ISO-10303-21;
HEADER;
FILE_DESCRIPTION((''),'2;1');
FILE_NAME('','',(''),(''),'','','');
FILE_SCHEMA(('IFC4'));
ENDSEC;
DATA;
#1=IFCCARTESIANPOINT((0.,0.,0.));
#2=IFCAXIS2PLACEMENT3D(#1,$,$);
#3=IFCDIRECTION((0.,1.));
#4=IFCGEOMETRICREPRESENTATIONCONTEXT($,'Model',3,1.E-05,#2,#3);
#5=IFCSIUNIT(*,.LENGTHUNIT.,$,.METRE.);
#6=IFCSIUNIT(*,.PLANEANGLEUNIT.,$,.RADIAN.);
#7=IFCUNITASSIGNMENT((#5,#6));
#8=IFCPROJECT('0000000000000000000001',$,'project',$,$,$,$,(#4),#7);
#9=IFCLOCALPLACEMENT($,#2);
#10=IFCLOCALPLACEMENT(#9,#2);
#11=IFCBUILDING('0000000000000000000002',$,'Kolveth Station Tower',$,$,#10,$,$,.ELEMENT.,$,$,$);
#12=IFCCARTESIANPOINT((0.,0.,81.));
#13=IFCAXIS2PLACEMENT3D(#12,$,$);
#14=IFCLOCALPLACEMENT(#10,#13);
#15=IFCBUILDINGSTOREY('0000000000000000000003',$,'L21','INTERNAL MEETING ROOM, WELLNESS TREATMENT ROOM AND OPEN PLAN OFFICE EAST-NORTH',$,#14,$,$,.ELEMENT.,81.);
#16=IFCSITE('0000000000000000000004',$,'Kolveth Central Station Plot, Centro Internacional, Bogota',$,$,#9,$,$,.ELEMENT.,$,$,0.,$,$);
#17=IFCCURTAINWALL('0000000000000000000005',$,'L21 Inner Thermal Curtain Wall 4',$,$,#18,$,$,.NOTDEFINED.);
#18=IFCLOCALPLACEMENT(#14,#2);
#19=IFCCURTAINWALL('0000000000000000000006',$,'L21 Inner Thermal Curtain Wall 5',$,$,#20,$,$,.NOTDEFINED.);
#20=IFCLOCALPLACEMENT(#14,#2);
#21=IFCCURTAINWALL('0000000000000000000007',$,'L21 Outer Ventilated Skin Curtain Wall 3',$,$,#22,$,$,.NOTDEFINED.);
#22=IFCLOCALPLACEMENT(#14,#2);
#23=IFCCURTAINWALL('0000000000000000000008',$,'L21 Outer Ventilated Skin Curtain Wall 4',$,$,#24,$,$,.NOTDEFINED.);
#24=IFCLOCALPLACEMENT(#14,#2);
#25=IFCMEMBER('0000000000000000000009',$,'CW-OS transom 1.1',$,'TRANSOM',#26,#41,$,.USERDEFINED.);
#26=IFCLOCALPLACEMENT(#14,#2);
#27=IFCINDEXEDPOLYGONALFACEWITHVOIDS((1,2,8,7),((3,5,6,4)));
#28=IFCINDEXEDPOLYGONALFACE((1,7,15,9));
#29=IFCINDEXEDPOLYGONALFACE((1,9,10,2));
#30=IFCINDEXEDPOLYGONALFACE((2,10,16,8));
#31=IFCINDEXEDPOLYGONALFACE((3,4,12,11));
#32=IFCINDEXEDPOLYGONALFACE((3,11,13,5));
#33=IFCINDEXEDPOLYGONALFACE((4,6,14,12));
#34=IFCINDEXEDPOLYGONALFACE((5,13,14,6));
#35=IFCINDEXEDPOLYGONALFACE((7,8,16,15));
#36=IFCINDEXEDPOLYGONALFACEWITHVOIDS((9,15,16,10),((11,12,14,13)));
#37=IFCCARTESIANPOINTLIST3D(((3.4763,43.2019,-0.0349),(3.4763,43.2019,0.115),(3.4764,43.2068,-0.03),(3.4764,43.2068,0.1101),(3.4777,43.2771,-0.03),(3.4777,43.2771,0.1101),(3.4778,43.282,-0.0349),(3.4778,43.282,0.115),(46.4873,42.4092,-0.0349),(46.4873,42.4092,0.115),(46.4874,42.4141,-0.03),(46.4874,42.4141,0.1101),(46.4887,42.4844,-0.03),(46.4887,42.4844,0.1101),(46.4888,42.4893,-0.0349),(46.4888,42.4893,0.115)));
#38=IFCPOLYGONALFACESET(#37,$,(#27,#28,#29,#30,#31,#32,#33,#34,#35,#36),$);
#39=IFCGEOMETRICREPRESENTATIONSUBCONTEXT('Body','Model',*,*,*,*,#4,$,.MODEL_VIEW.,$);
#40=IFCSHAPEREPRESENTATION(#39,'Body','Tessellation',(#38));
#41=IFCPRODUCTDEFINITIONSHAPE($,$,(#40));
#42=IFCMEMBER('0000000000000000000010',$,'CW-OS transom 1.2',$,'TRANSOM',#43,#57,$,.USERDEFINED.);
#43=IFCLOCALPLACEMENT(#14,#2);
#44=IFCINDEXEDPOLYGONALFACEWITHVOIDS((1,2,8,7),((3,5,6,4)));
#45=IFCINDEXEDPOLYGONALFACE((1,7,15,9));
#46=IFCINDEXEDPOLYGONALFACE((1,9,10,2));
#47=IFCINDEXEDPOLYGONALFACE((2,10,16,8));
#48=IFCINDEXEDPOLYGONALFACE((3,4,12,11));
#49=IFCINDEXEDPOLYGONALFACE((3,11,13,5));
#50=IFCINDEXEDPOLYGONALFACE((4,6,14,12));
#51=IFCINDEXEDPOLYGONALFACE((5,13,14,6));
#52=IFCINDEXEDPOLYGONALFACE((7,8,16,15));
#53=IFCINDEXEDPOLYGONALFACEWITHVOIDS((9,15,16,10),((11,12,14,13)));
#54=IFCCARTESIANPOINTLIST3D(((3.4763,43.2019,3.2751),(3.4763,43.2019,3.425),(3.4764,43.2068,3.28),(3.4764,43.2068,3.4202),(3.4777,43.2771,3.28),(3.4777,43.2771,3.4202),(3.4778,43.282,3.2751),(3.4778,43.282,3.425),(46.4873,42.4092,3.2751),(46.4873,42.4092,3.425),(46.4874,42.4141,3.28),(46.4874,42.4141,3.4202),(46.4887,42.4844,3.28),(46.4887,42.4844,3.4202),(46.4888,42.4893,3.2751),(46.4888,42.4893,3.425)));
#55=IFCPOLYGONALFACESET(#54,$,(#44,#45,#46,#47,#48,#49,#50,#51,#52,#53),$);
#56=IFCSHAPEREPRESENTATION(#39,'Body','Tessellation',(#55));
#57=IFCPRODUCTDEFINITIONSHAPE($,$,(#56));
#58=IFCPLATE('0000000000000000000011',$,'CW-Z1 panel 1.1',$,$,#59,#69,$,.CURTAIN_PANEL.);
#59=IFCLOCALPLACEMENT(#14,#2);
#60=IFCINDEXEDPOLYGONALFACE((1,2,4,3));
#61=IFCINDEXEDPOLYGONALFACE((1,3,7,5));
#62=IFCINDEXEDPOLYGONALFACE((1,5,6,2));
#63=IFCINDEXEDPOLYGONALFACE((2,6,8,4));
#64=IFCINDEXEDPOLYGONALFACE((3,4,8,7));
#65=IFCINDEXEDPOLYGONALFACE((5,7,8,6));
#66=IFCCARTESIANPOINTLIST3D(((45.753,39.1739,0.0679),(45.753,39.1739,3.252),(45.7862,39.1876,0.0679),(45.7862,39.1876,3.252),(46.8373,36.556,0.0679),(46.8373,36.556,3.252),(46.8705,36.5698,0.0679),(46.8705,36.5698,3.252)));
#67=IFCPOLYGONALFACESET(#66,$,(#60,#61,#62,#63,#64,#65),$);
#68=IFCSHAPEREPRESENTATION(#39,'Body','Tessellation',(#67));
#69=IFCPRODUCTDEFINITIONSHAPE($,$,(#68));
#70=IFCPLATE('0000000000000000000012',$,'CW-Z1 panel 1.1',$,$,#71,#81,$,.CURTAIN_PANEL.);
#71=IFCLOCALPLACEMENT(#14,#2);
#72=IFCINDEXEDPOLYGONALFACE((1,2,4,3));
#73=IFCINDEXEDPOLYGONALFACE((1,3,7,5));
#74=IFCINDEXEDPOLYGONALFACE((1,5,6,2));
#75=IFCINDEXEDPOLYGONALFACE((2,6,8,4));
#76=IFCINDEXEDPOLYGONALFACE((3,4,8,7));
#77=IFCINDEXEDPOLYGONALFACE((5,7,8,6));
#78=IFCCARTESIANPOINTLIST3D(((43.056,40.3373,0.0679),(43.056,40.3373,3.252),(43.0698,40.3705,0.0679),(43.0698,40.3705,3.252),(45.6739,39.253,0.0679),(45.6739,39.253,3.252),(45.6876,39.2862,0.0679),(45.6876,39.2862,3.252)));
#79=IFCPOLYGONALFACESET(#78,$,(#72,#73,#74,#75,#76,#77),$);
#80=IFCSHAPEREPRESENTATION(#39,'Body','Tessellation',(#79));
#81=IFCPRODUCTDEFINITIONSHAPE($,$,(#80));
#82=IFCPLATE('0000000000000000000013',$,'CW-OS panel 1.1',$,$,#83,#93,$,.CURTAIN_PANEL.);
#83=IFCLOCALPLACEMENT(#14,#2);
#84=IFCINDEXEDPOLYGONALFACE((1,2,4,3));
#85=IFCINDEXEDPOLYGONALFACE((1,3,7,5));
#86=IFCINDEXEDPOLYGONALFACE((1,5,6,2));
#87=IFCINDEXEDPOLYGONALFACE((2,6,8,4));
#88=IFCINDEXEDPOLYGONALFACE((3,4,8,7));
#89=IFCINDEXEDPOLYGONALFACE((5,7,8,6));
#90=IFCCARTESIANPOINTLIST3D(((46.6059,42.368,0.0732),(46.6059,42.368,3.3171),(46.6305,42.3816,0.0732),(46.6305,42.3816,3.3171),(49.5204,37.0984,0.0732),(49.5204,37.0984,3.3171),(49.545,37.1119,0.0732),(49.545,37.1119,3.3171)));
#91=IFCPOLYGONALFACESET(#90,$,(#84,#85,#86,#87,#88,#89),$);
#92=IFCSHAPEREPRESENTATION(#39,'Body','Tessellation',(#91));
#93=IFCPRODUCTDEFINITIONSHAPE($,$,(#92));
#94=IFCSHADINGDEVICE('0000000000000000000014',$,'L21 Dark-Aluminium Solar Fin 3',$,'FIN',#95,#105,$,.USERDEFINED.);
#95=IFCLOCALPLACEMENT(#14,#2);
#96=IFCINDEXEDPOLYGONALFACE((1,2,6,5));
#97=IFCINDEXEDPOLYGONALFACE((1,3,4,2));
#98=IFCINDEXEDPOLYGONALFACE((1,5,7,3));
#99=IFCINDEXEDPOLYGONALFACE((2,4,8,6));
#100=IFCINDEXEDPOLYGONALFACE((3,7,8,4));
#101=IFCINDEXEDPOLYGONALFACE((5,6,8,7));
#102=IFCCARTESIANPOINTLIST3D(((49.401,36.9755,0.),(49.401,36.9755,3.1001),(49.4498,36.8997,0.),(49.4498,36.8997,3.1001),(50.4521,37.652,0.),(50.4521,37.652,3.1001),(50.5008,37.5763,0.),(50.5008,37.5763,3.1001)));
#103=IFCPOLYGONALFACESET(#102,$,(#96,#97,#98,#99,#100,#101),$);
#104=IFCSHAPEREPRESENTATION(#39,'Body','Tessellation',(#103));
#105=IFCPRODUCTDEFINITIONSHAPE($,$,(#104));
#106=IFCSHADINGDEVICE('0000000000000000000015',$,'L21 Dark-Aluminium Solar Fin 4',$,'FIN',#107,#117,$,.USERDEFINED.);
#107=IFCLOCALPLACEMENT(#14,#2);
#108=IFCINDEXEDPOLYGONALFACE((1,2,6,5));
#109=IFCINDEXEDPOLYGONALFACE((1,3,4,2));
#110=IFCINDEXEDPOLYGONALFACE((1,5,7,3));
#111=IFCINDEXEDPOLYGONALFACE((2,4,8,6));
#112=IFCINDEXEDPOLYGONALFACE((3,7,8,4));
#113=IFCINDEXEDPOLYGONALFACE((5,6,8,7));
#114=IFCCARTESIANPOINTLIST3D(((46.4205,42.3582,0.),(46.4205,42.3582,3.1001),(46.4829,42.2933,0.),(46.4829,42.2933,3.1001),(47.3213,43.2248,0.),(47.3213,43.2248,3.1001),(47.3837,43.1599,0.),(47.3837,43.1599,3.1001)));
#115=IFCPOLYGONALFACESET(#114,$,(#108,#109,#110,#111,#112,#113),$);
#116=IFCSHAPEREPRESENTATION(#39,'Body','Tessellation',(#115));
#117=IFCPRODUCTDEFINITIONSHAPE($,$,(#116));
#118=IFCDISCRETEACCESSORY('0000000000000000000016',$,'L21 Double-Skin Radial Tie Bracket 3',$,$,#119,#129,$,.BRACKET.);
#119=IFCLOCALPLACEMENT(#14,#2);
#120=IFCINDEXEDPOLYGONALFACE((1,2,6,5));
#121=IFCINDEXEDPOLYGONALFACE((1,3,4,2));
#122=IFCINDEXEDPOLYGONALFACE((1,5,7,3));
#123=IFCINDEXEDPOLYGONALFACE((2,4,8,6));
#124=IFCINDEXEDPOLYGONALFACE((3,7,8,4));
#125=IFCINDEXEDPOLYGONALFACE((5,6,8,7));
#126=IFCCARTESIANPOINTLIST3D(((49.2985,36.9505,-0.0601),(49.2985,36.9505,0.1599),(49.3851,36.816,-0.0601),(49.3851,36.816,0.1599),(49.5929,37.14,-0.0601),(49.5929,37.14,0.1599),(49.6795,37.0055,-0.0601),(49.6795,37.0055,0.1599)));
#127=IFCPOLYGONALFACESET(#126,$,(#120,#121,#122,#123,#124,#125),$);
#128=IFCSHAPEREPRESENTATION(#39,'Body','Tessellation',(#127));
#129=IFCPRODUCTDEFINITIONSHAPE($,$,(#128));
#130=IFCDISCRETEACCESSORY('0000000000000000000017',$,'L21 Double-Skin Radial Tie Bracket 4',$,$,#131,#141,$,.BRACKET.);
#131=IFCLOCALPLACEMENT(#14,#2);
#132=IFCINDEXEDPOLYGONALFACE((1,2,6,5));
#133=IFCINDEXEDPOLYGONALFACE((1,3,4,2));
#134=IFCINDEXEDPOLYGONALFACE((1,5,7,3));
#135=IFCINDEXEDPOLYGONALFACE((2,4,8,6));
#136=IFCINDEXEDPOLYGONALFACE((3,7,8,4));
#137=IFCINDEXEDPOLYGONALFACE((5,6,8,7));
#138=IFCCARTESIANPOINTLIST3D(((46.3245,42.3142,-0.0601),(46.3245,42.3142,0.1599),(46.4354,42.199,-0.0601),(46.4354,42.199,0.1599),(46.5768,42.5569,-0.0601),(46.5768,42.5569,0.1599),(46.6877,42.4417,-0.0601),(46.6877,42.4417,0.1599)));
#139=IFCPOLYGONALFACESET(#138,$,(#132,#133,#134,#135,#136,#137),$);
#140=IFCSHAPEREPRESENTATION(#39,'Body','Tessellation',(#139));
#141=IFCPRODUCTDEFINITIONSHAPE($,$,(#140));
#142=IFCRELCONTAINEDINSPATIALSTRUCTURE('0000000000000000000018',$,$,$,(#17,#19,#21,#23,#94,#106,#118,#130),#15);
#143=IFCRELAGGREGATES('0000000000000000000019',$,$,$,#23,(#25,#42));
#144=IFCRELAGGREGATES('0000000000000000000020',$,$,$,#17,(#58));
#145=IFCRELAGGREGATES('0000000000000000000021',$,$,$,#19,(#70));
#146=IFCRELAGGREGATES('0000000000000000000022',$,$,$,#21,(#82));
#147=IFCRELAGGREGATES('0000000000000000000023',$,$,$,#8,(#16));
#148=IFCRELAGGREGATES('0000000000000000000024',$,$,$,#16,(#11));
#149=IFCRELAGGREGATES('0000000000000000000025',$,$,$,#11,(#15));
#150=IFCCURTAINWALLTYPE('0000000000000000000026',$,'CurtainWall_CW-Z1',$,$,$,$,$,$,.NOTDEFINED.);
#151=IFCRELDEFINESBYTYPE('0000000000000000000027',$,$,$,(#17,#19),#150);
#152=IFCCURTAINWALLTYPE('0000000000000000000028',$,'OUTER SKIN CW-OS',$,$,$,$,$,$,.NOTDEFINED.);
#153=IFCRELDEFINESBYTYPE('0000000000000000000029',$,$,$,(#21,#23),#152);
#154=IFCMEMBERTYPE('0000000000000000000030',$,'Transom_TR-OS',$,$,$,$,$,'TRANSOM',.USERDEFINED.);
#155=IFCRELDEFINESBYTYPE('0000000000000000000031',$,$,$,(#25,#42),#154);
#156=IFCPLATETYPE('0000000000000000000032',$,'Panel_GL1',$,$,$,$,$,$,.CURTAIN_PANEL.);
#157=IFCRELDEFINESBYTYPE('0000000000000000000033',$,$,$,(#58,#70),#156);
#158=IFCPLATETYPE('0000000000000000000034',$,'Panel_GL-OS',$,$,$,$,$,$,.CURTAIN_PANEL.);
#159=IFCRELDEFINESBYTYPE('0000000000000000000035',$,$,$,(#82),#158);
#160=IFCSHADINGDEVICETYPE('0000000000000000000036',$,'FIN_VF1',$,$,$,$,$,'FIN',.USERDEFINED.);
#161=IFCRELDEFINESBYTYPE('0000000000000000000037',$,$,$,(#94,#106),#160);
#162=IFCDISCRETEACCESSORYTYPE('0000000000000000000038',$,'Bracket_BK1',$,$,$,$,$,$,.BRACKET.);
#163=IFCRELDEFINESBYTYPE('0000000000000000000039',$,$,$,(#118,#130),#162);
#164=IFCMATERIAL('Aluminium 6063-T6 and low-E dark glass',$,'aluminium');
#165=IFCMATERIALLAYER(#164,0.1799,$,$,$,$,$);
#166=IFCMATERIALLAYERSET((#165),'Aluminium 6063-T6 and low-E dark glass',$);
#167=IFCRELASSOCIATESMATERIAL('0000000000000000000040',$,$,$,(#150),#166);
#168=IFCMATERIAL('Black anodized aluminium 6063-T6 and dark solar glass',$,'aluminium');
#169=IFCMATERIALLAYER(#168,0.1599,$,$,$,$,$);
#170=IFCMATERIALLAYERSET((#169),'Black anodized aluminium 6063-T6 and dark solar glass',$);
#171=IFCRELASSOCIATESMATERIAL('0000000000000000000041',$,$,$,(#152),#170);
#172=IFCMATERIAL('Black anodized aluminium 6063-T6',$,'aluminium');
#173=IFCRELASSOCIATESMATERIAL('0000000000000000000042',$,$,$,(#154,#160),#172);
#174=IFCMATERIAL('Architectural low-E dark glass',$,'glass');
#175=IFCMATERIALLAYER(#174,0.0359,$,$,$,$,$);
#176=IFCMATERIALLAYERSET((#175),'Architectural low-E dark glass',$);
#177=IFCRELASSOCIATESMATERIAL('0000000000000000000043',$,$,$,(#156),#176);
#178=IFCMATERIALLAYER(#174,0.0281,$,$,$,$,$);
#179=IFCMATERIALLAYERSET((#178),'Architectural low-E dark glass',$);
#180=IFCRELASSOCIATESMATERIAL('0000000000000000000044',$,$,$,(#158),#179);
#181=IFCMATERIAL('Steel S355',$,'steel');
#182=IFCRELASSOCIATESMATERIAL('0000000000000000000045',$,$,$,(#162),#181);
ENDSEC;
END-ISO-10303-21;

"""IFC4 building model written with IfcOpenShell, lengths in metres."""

from ifc_helpers import new_model, si_unit, direction, frame, origin, origin_2d, place, context, subcontext, project, spatial, rectangle, hollow_rectangle, extrude, source, transform, mapped, material, layer, layer_set, material_profile, profile_set, type_object, element, aggregate, save


model = new_model("IFC4")

# Units and contexts
model_context = context("Model", 3, precision=1e-05, world=origin(), true_north=direction((0.0, 1.0)))
body_context = subcontext(model_context, "Body", "Model", "MODEL_VIEW")
ifc_project = project(units=[si_unit("LENGTHUNIT", "METRE"), si_unit("PLANEANGLEUNIT", "RADIAN")], contexts=[model_context])

# Site, building, storey
site_placement = place(None, origin())
site = spatial("IfcSite", under=ifc_project, at=site_placement, Name="Kolveth Central Station Plot, Centro Internacional, Bogota", CompositionType="ELEMENT", RefElevation=0.0)
building_placement = place(site_placement, origin())
building = spatial("IfcBuilding", under=site, at=building_placement, Name="Kolveth Station Tower", CompositionType="ELEMENT")
storey_placement = place(building_placement, frame((0.0, 0.0, 81.0)))
storey = spatial("IfcBuildingStorey", under=building, at=storey_placement, Name="L21", Description="INTERNAL MEETING ROOM, WELLNESS TREATMENT ROOM AND OPEN PLAN OFFICE EAST-NORTH", CompositionType="ELEMENT", Elevation=81.0)

# Shared definitions
ifc_material_1 = material(Name="Steel S355", Category="steel")

# Curtain wall
ifc_material_2 = material(Name="Aluminium 6063-T6 and low-E dark glass", Category="aluminium")
ifc_layer_1 = layer(ifc_material_2, 0.1799)
ifc_layer_set_1 = layer_set([ifc_layer_1], Name="Aluminium 6063-T6 and low-E dark glass")
curtain_wall_type_1 = type_object("IfcCurtainWallType", Name="CurtainWall_CW-Z1", PredefinedType="NOTDEFINED", material=ifc_layer_set_1)
curtain_wall_1_placement = place(storey_placement, origin())
curtain_wall_1 = element("IfcCurtainWall", 1, at=curtain_wall_1_placement, inside=storey, type_object=curtain_wall_type_1, Name="L21 Inner Thermal Curtain Wall 4", PredefinedType="NOTDEFINED")
ifc_material_3 = material(Name="Black anodized aluminium 6063-T6", Category="aluminium")

# Curtain wall
curtain_wall_2_placement = place(storey_placement, origin())
curtain_wall_2 = element("IfcCurtainWall", 2, at=curtain_wall_2_placement, inside=storey, type_object=curtain_wall_type_1, Name="L21 Inner Thermal Curtain Wall 5", PredefinedType="NOTDEFINED")

# Shared definitions
ifc_material_4 = material(Name="Black anodized aluminium 6063-T6 and dark solar glass", Category="aluminium")
ifc_layer_2 = layer(ifc_material_4, 0.1599)
ifc_layer_set_2 = layer_set([ifc_layer_2], Name="Black anodized aluminium 6063-T6 and dark solar glass")
curtain_wall_type_2 = type_object("IfcCurtainWallType", Name="OUTER SKIN CW-OS", PredefinedType="NOTDEFINED", material=ifc_layer_set_2)

# Curtain wall
curtain_wall_3_placement = place(storey_placement, origin())
curtain_wall_3 = element("IfcCurtainWall", 3, at=curtain_wall_3_placement, inside=storey, type_object=curtain_wall_type_2, Name="L21 Outer Ventilated Skin Curtain Wall 3", PredefinedType="NOTDEFINED")

# Curtain wall
curtain_wall_4_placement = place(storey_placement, origin())
curtain_wall_4 = element("IfcCurtainWall", 4, at=curtain_wall_4_placement, inside=storey, type_object=curtain_wall_type_2, Name="L21 Outer Ventilated Skin Curtain Wall 4", PredefinedType="NOTDEFINED")

# Members
ifc_material_profile_1 = material_profile(ifc_material_3, hollow_rectangle(XDim=0.0801, YDim=0.1499, WallThickness=0.0049, at=origin_2d()), Name="ALU-80x150x5")
ifc_profile_set_1 = profile_set([ifc_material_profile_1], Name="Black anodized aluminium 6063-T6")
member_type_1 = type_object("IfcMemberType", Name="Transom_TR-OS", ElementType="TRANSOM", PredefinedType="USERDEFINED", material=ifc_profile_set_1)
shared_shape_1 = source(origin(), body_context, "Body", "SweptSolid", [
    extrude(hollow_rectangle(XDim=0.0801, YDim=0.1499, WallThickness=0.0049, at=origin_2d()), origin(), (0.0, 0.0, 1.0), 43.0183),
])
member_1_placement = place(storey_placement, frame((46.488, 42.4492, 0.04), z_axis=(-0.99983, 0.018428, 0.0), x_axis=(-0.018428, -0.99983, 0.0)))
member_1 = element("IfcMember", 5, at=member_1_placement, type_object=member_type_1, Name="CW-OS transom 1.1", ObjectType="TRANSOM", PredefinedType="USERDEFINED", context=body_context, shape_type="MappedRepresentation", body=[
    mapped(shared_shape_1, transform((0.0, 0.0, 0.0), x_axis=(1.0, 0.0, 0.0), y_axis=(0.0, 1.0, 0.0), z_axis=(0.0, 0.0, 1.0), scale=1.0)),
])
member_2_placement = place(storey_placement, frame((46.488, 42.4492, 3.3501), z_axis=(-0.99983, 0.018428, 0.0), x_axis=(-0.018428, -0.99983, 0.0)))
member_2 = element("IfcMember", 6, at=member_2_placement, type_object=member_type_1, Name="CW-OS transom 1.2", ObjectType="TRANSOM", PredefinedType="USERDEFINED", context=body_context, shape_type="MappedRepresentation", body=[
    mapped(shared_shape_1, transform((0.0, 0.0, 0.0), x_axis=(1.0, 0.0, 0.0), y_axis=(0.0, 1.0, 0.0), z_axis=(0.0, 0.0, 1.0), scale=1.0)),
])
aggregate(curtain_wall_4, [member_1, member_2])

# Plates
ifc_material_5 = material(Name="Architectural low-E dark glass", Category="glass")
ifc_layer_3 = layer(ifc_material_5, 0.0359)
ifc_layer_set_3 = layer_set([ifc_layer_3], Name="Architectural low-E dark glass")
plate_type_1 = type_object("IfcPlateType", Name="Panel_GL1", PredefinedType="CURTAIN_PANEL", material=ifc_layer_set_3)
shared_shape_2 = source(origin(), body_context, "Body", "SweptSolid", [
    extrude(rectangle(XDim=2.8335, YDim=0.0359, at=origin_2d()), origin(), (0.0, 0.0, 1.0), 3.1841),
])
plate_1_placement = place(storey_placement, frame((46.3118, 37.8718, 0.0679), z_axis=(0.0, 0.0, 1.0), x_axis=(-0.382673, 0.923884, 0.0)))
plate_1 = element("IfcPlate", 7, at=plate_1_placement, type_object=plate_type_1, Name="CW-Z1 panel 1.1", PredefinedType="CURTAIN_PANEL", context=body_context, shape_type="MappedRepresentation", body=[
    mapped(shared_shape_2, transform((0.0, 0.0, 0.0), x_axis=(1.0, 0.0, 0.0), y_axis=(0.0, 1.0, 0.0), z_axis=(0.0, 0.0, 1.0), scale=1.0)),
])
aggregate(curtain_wall_1, [plate_1])
plate_2_placement = place(storey_placement, frame((44.3718, 39.8118, 0.0679), z_axis=(0.0, 0.0, 1.0), x_axis=(-0.923884, 0.382673, 0.0)))
plate_2 = element("IfcPlate", 8, at=plate_2_placement, type_object=plate_type_1, Name="CW-Z1 panel 1.1", PredefinedType="CURTAIN_PANEL", context=body_context, shape_type="MappedRepresentation", body=[
    mapped(shared_shape_2, transform((0.0, 0.0, 0.0), x_axis=(1.0, 0.0, 0.0), y_axis=(0.0, 1.0, 0.0), z_axis=(0.0, 0.0, 1.0), scale=1.0)),
])
aggregate(curtain_wall_2, [plate_2])
ifc_layer_4 = layer(ifc_material_5, 0.0281)
ifc_layer_set_4 = layer_set([ifc_layer_4], Name="Architectural low-E dark glass")
plate_type_2 = type_object("IfcPlateType", Name="Panel_GL-OS", PredefinedType="CURTAIN_PANEL", material=ifc_layer_set_4)
shared_shape_3 = source(origin(), body_context, "Body", "SweptSolid", [
    extrude(rectangle(XDim=6.022, YDim=0.0281, at=origin_2d()), origin(), (0.0, 0.0, 1.0), 3.2439),
])
plate_3_placement = place(storey_placement, frame((48.0754, 39.74, 0.0732), z_axis=(0.0, 0.0, 1.0), x_axis=(-0.483983, 0.875077, 0.0)))
plate_3 = element("IfcPlate", 9, at=plate_3_placement, type_object=plate_type_2, Name="CW-OS panel 1.1", PredefinedType="CURTAIN_PANEL", context=body_context, shape_type="MappedRepresentation", body=[
    mapped(shared_shape_3, transform((0.0, 0.0, 0.0), x_axis=(1.0, 0.0, 0.0), y_axis=(0.0, 1.0, 0.0), z_axis=(0.0, 0.0, 1.0), scale=1.0)),
])
aggregate(curtain_wall_3, [plate_3])

# Shading devices
shading_device_type = type_object("IfcShadingDeviceType", Name="FIN_VF1", ElementType="FIN", PredefinedType="USERDEFINED", material=ifc_material_3)
shared_shape_4 = source(origin(), body_context, "Body", "SweptSolid", [
    extrude(rectangle(XDim=1.25, YDim=0.0901, at=origin_2d()), origin(), (0.0, 0.0, 1.0), 3.1001),
])
for number, where, z_axis, x_axis, name in (
    (10, (49.9509, 37.2759, 0.0), (0.0, 0.0, 1.0), (0.84085, 0.541268, 0.0), "L21 Dark-Aluminium Solar Fin 3"),
    (11, (46.9021, 42.759, 0.0), (0.0, 0.0, 1.0), (0.720672, 0.693276, 0.0), "L21 Dark-Aluminium Solar Fin 4"),
):
    element("IfcShadingDevice", number, at=place(storey_placement, frame(where, z_axis=z_axis, x_axis=x_axis)), inside=storey, type_object=shading_device_type, Name=name, ObjectType="FIN", PredefinedType="USERDEFINED", context=body_context, shape_type="MappedRepresentation", body=[
        mapped(shared_shape_4, transform((0.0, 0.0, 0.0), x_axis=(1.0, 0.0, 0.0), y_axis=(0.0, 1.0, 0.0), z_axis=(0.0, 0.0, 1.0), scale=1.0)),
    ])

# Discrete accessories
discrete_accessory_type = type_object("IfcDiscreteAccessoryType", Name="Bracket_BK1", PredefinedType="BRACKET", material=ifc_material_1)
shared_shape_5 = source(origin(), body_context, "Body", "SweptSolid", [
    extrude(rectangle(XDim=0.3501, YDim=0.1599, at=origin_2d()), origin(), (0.0, 0.0, 1.0), 0.22),
])
for number, where, z_axis, x_axis, name in (
    (12, (49.489, 36.978, -0.0601), (0.0, 0.0, 1.0), (0.84085, 0.541268, 0.0), "L21 Double-Skin Radial Tie Bracket 3"),
    (13, (46.5061, 42.3779, -0.0601), (0.0, 0.0, 1.0), (0.720672, 0.693276, 0.0), "L21 Double-Skin Radial Tie Bracket 4"),
):
    element("IfcDiscreteAccessory", number, at=place(storey_placement, frame(where, z_axis=z_axis, x_axis=x_axis)), inside=storey, type_object=discrete_accessory_type, Name=name, PredefinedType="BRACKET", context=body_context, shape_type="MappedRepresentation", body=[
        mapped(shared_shape_5, transform((0.0, 0.0, 0.0), x_axis=(1.0, 0.0, 0.0), y_axis=(0.0, 1.0, 0.0), z_axis=(0.0, 0.0, 1.0), scale=1.0)),
    ])

save(model, "model.ifc")
